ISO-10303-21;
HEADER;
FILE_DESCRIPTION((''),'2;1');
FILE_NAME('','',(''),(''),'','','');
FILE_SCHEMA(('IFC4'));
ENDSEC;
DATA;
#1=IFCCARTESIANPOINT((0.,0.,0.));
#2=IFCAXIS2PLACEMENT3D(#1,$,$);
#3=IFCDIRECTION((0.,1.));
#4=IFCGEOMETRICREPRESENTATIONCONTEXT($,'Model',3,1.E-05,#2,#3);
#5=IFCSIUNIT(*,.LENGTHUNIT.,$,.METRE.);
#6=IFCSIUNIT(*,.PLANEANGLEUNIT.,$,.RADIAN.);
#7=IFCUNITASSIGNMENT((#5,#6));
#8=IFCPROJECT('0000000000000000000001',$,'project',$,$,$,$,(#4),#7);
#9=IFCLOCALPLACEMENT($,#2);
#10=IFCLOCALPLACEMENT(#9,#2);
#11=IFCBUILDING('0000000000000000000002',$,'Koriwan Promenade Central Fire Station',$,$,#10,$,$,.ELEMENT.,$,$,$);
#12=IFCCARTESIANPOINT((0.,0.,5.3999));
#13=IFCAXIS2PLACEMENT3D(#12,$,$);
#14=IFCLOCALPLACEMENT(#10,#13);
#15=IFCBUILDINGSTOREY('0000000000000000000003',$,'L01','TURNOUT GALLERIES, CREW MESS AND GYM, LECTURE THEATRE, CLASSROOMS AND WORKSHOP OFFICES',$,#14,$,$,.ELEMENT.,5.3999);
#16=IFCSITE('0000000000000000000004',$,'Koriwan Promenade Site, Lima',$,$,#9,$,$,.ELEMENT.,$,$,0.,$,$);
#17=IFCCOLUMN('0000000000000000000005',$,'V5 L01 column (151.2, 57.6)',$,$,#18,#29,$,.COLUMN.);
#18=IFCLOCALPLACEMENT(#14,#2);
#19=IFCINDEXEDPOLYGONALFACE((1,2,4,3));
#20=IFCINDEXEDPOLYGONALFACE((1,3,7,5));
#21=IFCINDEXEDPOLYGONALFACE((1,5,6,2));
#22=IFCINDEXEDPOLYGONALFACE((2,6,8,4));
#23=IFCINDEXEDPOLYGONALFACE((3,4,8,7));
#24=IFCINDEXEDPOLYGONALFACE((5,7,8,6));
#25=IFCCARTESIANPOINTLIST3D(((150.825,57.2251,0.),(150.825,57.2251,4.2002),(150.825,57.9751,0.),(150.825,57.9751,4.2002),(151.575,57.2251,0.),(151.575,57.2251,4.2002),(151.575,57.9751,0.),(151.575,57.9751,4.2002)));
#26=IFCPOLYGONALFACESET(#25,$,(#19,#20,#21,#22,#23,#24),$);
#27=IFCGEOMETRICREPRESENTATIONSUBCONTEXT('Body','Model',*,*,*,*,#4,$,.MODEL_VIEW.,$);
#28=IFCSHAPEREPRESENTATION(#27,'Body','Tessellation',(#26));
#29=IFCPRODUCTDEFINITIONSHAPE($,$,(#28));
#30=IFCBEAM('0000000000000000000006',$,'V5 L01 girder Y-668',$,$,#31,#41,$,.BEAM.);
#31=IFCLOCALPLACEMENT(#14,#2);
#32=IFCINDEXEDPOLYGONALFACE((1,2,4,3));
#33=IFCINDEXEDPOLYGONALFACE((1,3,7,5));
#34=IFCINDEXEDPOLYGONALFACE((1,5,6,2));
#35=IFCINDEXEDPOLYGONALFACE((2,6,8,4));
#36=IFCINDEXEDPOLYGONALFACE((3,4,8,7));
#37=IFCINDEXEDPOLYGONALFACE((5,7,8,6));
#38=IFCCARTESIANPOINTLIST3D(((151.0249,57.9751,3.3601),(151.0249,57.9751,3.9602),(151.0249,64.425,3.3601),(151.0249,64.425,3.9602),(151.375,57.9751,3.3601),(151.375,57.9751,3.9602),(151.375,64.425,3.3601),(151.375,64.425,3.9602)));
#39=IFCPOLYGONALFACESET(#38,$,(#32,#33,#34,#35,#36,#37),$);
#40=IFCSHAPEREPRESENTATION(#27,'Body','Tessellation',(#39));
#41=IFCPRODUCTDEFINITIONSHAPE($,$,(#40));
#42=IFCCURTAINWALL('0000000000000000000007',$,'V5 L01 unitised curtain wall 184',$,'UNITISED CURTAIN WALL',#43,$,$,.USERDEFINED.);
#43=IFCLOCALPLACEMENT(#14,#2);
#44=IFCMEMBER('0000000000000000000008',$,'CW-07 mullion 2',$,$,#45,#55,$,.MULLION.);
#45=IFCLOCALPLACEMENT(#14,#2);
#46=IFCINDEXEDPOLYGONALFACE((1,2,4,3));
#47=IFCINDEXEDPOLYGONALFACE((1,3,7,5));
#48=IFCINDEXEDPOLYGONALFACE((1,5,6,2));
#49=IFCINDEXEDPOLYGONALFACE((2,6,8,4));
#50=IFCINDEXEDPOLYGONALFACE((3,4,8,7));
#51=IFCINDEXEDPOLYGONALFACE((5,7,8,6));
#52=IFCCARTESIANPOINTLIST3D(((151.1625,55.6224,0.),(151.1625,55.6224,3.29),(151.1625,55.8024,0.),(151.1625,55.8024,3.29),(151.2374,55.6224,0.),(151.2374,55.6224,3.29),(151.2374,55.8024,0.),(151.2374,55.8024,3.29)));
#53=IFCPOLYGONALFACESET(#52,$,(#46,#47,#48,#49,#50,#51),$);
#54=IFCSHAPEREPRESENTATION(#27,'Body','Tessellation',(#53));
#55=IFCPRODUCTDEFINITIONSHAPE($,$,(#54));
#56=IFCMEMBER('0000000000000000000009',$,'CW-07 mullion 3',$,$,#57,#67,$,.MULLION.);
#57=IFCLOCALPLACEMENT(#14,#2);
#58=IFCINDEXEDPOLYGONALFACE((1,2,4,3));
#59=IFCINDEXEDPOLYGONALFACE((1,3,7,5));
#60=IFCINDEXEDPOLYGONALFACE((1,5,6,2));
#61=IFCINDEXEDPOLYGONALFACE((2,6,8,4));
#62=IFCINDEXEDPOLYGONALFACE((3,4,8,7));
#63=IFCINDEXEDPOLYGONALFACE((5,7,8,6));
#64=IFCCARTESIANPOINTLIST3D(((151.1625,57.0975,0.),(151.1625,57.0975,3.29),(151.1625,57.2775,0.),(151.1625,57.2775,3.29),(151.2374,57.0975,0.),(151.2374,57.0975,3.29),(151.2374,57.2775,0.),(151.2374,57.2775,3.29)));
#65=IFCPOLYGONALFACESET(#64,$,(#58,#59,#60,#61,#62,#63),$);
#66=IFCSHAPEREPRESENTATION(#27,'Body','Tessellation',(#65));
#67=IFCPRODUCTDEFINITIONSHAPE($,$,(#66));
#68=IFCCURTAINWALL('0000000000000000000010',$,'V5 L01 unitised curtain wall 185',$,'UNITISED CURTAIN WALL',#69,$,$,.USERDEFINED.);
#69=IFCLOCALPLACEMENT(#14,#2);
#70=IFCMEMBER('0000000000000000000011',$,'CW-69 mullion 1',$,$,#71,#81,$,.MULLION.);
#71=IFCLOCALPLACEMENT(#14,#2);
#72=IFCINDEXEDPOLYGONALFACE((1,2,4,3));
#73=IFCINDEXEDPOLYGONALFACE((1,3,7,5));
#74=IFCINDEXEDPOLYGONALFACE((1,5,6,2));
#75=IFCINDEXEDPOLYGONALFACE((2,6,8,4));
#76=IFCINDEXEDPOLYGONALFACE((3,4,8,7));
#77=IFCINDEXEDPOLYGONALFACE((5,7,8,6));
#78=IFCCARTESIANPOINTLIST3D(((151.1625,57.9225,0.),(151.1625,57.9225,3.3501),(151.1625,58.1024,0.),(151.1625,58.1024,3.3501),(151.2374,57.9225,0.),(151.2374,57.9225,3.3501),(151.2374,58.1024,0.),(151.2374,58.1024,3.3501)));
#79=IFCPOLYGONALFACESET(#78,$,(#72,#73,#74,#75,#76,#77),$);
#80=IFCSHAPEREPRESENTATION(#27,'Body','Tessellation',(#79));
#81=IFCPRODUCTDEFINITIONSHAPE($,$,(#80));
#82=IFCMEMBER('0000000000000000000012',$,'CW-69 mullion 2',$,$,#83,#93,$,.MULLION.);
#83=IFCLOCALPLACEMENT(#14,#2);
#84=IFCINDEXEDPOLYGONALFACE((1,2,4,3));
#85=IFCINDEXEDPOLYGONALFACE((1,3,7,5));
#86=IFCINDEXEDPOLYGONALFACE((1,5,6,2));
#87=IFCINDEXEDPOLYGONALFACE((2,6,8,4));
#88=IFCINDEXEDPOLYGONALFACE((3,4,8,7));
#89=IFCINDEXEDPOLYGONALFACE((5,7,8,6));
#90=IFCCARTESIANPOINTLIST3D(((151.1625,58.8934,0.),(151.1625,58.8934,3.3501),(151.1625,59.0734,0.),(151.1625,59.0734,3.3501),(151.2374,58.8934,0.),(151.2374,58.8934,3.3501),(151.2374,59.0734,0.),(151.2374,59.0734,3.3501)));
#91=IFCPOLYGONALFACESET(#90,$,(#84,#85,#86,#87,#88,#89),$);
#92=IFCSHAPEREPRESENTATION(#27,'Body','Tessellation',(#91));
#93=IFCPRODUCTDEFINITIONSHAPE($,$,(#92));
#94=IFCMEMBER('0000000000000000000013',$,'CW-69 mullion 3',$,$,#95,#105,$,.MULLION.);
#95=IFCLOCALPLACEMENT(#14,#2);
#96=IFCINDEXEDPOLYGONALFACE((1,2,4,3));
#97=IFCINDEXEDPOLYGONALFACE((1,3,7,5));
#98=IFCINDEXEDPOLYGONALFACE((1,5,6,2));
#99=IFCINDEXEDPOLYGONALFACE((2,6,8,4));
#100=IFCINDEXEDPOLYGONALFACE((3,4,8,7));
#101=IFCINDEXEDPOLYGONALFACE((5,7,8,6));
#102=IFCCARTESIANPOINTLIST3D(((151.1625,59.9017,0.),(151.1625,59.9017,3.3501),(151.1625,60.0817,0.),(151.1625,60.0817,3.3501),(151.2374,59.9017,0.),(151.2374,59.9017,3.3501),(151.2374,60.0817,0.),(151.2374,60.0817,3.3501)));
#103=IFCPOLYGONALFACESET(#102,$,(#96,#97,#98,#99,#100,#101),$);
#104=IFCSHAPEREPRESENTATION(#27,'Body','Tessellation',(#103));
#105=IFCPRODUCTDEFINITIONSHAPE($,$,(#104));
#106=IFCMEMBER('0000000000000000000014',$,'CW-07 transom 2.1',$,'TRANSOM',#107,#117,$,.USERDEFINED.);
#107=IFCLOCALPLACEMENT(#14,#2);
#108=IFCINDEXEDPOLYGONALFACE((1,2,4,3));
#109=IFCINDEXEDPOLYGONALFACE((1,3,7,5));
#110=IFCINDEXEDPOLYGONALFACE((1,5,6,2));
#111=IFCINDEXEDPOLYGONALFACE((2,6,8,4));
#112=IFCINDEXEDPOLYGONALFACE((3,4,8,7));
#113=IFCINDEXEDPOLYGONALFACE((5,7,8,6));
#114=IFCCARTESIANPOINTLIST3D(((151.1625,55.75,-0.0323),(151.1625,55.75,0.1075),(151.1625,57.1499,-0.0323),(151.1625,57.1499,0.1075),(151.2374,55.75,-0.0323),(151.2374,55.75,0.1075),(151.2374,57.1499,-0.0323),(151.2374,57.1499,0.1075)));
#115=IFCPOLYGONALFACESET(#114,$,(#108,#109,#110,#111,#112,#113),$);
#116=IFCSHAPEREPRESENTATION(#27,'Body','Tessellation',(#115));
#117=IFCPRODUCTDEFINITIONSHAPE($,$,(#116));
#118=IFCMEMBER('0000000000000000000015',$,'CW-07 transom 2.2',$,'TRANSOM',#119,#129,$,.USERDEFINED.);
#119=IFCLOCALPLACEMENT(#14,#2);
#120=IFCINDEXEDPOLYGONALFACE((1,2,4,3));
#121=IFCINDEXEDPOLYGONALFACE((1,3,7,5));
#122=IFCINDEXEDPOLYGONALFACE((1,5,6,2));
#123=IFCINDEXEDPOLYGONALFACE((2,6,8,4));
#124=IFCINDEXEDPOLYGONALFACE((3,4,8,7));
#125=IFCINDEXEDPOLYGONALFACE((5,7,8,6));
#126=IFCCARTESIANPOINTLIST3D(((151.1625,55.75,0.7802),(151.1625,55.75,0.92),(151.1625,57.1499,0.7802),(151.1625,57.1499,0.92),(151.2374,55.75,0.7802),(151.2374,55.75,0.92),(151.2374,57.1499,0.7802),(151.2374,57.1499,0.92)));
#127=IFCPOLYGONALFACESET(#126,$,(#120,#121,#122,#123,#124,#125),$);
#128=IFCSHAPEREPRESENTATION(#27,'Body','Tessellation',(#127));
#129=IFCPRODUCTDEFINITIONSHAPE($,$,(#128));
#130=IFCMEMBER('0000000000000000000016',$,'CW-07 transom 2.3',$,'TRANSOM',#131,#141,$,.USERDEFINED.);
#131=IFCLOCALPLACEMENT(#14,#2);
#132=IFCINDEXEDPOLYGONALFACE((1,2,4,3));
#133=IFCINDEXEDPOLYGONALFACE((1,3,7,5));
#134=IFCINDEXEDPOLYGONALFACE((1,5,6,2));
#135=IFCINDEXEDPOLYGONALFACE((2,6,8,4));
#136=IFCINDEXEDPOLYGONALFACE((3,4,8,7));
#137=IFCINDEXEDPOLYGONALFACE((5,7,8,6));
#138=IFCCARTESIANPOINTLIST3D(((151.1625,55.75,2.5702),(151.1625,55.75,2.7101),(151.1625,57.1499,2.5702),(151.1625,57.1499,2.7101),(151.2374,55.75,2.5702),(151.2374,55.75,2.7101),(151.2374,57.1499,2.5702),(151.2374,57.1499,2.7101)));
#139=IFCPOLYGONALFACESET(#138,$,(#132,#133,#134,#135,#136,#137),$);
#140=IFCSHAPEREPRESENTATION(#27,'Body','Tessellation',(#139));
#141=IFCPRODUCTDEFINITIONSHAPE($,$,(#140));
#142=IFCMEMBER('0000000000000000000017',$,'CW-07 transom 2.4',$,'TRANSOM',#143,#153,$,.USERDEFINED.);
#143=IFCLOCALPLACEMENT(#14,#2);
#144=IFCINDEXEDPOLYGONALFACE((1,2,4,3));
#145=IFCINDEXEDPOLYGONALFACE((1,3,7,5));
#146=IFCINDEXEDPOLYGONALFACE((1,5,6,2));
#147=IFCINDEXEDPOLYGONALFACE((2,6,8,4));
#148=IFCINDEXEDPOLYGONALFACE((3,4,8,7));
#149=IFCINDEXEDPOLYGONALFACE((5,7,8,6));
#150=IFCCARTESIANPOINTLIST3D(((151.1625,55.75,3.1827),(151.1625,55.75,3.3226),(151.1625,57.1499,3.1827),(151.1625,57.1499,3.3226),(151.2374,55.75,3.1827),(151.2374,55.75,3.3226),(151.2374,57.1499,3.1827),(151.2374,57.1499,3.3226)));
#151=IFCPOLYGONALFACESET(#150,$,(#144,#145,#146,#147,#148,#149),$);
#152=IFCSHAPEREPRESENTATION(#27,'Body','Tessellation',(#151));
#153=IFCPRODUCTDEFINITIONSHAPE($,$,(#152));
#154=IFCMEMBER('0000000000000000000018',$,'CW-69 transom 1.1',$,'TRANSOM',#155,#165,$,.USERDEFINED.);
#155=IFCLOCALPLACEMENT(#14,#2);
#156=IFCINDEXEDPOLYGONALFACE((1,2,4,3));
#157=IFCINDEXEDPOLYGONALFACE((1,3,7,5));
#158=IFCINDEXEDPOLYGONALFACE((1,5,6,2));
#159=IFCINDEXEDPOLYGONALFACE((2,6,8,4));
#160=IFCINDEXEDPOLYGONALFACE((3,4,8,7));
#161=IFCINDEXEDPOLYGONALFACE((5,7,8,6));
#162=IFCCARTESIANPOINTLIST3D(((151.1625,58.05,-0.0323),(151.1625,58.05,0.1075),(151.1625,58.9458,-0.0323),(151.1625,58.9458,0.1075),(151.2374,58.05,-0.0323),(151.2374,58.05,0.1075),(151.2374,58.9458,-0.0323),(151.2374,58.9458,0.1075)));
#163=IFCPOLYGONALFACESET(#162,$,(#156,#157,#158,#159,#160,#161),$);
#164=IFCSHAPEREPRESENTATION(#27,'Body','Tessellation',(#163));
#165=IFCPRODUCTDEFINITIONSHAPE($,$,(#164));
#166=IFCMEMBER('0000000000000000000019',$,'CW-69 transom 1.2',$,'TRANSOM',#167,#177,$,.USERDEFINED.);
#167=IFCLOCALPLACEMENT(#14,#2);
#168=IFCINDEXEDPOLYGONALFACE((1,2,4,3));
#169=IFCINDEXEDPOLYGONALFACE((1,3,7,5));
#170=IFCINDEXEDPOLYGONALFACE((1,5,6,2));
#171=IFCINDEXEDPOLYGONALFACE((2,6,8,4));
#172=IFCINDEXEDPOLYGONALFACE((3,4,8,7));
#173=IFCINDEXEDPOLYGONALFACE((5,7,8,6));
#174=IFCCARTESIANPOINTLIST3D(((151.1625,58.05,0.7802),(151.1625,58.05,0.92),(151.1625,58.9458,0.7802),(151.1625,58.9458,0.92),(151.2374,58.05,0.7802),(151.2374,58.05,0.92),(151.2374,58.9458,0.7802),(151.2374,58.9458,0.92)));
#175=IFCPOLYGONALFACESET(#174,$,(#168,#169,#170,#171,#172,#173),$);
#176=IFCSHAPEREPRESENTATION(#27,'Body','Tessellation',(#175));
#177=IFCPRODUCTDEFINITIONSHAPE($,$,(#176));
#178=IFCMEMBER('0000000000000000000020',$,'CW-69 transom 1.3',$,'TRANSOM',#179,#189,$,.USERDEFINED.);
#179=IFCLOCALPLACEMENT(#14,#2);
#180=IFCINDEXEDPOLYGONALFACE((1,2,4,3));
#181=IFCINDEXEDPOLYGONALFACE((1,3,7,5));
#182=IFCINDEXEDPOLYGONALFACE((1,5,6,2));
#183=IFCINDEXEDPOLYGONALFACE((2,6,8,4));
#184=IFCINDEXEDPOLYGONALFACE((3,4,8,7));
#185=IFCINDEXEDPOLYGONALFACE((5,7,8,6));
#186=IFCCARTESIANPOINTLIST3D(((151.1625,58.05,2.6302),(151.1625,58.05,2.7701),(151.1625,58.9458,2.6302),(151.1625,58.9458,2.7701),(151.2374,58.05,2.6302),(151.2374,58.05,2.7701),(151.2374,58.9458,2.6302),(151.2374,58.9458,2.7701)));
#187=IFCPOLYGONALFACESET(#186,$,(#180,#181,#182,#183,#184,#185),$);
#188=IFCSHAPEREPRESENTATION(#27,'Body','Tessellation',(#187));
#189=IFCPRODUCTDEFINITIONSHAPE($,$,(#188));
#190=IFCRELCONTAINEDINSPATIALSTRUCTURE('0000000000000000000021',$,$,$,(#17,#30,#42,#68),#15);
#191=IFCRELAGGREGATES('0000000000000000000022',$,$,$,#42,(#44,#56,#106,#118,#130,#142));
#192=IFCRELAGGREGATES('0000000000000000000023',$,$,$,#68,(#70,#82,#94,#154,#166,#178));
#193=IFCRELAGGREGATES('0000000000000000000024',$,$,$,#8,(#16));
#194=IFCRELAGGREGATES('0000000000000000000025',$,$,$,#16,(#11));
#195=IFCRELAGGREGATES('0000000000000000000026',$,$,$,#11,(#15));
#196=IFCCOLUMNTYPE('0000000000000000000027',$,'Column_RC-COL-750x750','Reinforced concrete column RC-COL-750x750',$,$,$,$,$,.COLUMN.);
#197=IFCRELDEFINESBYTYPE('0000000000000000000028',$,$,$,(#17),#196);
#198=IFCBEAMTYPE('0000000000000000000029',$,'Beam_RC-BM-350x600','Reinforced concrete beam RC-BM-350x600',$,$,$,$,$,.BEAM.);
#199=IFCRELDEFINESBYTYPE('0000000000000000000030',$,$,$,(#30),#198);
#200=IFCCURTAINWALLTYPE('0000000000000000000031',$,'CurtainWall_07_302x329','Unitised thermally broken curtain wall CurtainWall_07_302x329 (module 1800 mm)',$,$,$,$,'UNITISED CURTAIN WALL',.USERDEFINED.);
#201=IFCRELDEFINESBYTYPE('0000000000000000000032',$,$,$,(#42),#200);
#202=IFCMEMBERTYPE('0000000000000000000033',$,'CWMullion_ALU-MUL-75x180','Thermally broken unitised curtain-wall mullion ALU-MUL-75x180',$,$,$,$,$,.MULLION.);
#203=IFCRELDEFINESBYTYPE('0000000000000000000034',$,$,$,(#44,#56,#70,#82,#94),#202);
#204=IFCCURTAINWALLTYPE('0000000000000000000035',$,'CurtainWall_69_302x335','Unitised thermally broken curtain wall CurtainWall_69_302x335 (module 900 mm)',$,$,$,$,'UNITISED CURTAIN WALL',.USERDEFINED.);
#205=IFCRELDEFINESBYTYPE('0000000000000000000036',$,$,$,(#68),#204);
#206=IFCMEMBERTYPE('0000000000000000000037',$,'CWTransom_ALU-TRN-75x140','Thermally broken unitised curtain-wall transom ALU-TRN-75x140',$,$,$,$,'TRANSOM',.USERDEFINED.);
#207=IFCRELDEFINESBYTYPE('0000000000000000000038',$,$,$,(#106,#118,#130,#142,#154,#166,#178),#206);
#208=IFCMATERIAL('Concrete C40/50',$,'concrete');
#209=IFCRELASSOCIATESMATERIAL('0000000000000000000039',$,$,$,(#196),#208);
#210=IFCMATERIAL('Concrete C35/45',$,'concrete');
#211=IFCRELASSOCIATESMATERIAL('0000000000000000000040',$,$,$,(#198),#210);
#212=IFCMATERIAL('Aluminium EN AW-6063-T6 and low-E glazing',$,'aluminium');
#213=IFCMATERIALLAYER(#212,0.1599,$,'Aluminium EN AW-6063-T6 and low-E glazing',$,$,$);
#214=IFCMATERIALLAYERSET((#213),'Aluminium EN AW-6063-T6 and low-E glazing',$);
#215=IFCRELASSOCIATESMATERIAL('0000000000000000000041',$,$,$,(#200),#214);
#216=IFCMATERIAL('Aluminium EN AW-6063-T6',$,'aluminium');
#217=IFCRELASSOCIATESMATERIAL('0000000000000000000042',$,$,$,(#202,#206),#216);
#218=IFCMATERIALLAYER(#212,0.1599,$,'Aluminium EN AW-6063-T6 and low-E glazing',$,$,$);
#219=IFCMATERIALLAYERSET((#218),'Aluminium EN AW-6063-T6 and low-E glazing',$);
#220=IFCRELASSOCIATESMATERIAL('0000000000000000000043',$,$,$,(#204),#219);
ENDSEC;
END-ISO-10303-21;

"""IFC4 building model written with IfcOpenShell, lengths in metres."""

from ifc_helpers import new_model, si_unit, direction, frame, origin, origin_2d, place, context, subcontext, project, spatial, rectangle, extrude, material, layer, layer_set, material_profile, profile_set, type_object, element, aggregate, save


model = new_model("IFC4")

# Units and contexts
model_context = context("Model", 3, precision=1e-05, world=origin(), true_north=direction((0.0, 1.0)))
body_context = subcontext(model_context, "Body", "Model", "MODEL_VIEW")
ifc_project = project(units=[si_unit("LENGTHUNIT", "METRE"), si_unit("PLANEANGLEUNIT", "RADIAN")], contexts=[model_context])

# Site, building, storey
site_placement = place(None, origin())
site = spatial("IfcSite", under=ifc_project, at=site_placement, Name="Koriwan Promenade Site, Lima", CompositionType="ELEMENT", RefElevation=0.0)
building_placement = place(site_placement, origin())
building = spatial("IfcBuilding", under=site, at=building_placement, Name="Koriwan Promenade Central Fire Station", CompositionType="ELEMENT")
storey_placement = place(building_placement, frame((0.0, 0.0, 5.3999)))
storey = spatial("IfcBuildingStorey", under=building, at=storey_placement, Name="L01", Description="TURNOUT GALLERIES, CREW MESS AND GYM, LECTURE THEATRE, CLASSROOMS AND WORKSHOP OFFICES", CompositionType="ELEMENT", Elevation=5.3999)

# Column
ifc_material_1 = material(Name="Concrete C40/50", Category="concrete")
ifc_material_profile_1 = material_profile(ifc_material_1, rectangle(XDim=0.75, YDim=0.75, at=origin_2d()), Name="RC-COL-750x750")
ifc_profile_set_1 = profile_set([ifc_material_profile_1], Name="Concrete C40/50")
column_type = type_object("IfcColumnType", Name="Column_RC-COL-750x750", Description="Reinforced concrete column RC-COL-750x750", PredefinedType="COLUMN", material=ifc_profile_set_1)
column_placement = place(storey_placement, frame((151.2, 57.6001, 0.0), z_axis=(0.0, 0.0, 1.0), x_axis=(1.0, 0.0, 0.0)))
element("IfcColumn", 1, at=column_placement, inside=storey, type_object=column_type, Name="V5 L01 column (151.2, 57.6)", PredefinedType="COLUMN", context=body_context, shape_type="SweptSolid", body=[
    extrude(rectangle(XDim=0.75, YDim=0.75, at=origin_2d()), origin(), (0.0, 0.0, 1.0), 4.2002),
])

# Beam
ifc_material_2 = material(Name="Concrete C35/45", Category="concrete")
ifc_material_profile_2 = material_profile(ifc_material_2, rectangle(XDim=0.3501, YDim=0.6001, at=origin_2d()), Name="RC-BM-350x600")
ifc_profile_set_2 = profile_set([ifc_material_profile_2], Name="Concrete C35/45")
beam_type = type_object("IfcBeamType", Name="Beam_RC-BM-350x600", Description="Reinforced concrete beam RC-BM-350x600", PredefinedType="BEAM", material=ifc_profile_set_2)
beam_placement = place(storey_placement, frame((151.2, 57.9751, 3.6602), z_axis=(0.0, 1.0, 0.0), x_axis=(-1.0, 0.0, 0.0)))
element("IfcBeam", 2, at=beam_placement, inside=storey, type_object=beam_type, Name="V5 L01 girder Y-668", PredefinedType="BEAM", context=body_context, shape_type="SweptSolid", body=[
    extrude(rectangle(XDim=0.3501, YDim=0.6001, at=origin_2d()), origin(), (0.0, 0.0, 1.0), 6.45),
])

# Curtain walls, members
ifc_material_3 = material(Name="Aluminium EN AW-6063-T6 and low-E glazing", Category="aluminium")
ifc_layer_1 = layer(ifc_material_3, 0.1599, Name="Aluminium EN AW-6063-T6 and low-E glazing")
ifc_layer_set_1 = layer_set([ifc_layer_1], Name="Aluminium EN AW-6063-T6 and low-E glazing")
curtain_wall_type_1 = type_object("IfcCurtainWallType", Name="CurtainWall_07_302x329", Description="Unitised thermally broken curtain wall CurtainWall_07_302x329 (module 1800 mm)", ElementType="UNITISED CURTAIN WALL", PredefinedType="USERDEFINED", material=ifc_layer_set_1)
curtain_wall_1_placement = place(storey_placement, origin())
curtain_wall_1 = element("IfcCurtainWall", 3, at=curtain_wall_1_placement, inside=storey, type_object=curtain_wall_type_1, Name="V5 L01 unitised curtain wall 184", ObjectType="UNITISED CURTAIN WALL", PredefinedType="USERDEFINED")
ifc_material_4 = material(Name="Aluminium EN AW-6063-T6", Category="aluminium")
ifc_material_profile_3 = material_profile(ifc_material_4, rectangle(XDim=0.075, YDim=0.1799, at=origin_2d()), Name="ALU-MUL-75x180")
ifc_profile_set_3 = profile_set([ifc_material_profile_3], Name="Aluminium EN AW-6063-T6")
member_type_1 = type_object("IfcMemberType", Name="CWMullion_ALU-MUL-75x180", Description="Thermally broken unitised curtain-wall mullion ALU-MUL-75x180", PredefinedType="MULLION", material=ifc_profile_set_3)
member_1_placement = place(storey_placement, frame((151.2, 55.7124, 0.0), z_axis=(0.0, 0.0, 1.0), x_axis=(-1.0, 0.0, 0.0)))
member_1 = element("IfcMember", 4, at=member_1_placement, type_object=member_type_1, Name="CW-07 mullion 2", PredefinedType="MULLION", context=body_context, shape_type="SweptSolid", body=[
    extrude(rectangle(XDim=0.075, YDim=0.1799, at=origin_2d()), origin(), (0.0, 0.0, 1.0), 3.29),
])
member_2_placement = place(storey_placement, frame((151.2, 57.1875, 0.0), z_axis=(0.0, 0.0, 1.0), x_axis=(-1.0, 0.0, 0.0)))
member_2 = element("IfcMember", 5, at=member_2_placement, type_object=member_type_1, Name="CW-07 mullion 3", PredefinedType="MULLION", context=body_context, shape_type="SweptSolid", body=[
    extrude(rectangle(XDim=0.075, YDim=0.1799, at=origin_2d()), origin(), (0.0, 0.0, 1.0), 3.29),
])
ifc_layer_2 = layer(ifc_material_3, 0.1599, Name="Aluminium EN AW-6063-T6 and low-E glazing")
ifc_layer_set_2 = layer_set([ifc_layer_2], Name="Aluminium EN AW-6063-T6 and low-E glazing")
curtain_wall_type_2 = type_object("IfcCurtainWallType", Name="CurtainWall_69_302x335", Description="Unitised thermally broken curtain wall CurtainWall_69_302x335 (module 900 mm)", ElementType="UNITISED CURTAIN WALL", PredefinedType="USERDEFINED", material=ifc_layer_set_2)
curtain_wall_2_placement = place(storey_placement, origin())
curtain_wall_2 = element("IfcCurtainWall", 6, at=curtain_wall_2_placement, inside=storey, type_object=curtain_wall_type_2, Name="V5 L01 unitised curtain wall 185", ObjectType="UNITISED CURTAIN WALL", PredefinedType="USERDEFINED")
member_3_placement = place(storey_placement, frame((151.2, 58.0125, 0.0), z_axis=(0.0, 0.0, 1.0), x_axis=(-1.0, 0.0, 0.0)))
member_3 = element("IfcMember", 7, at=member_3_placement, type_object=member_type_1, Name="CW-69 mullion 1", PredefinedType="MULLION", context=body_context, shape_type="SweptSolid", body=[
    extrude(rectangle(XDim=0.075, YDim=0.1799, at=origin_2d()), origin(), (0.0, 0.0, 1.0), 3.3501),
])
member_4_placement = place(storey_placement, frame((151.2, 58.9834, 0.0), z_axis=(0.0, 0.0, 1.0), x_axis=(-1.0, 0.0, 0.0)))
member_4 = element("IfcMember", 8, at=member_4_placement, type_object=member_type_1, Name="CW-69 mullion 2", PredefinedType="MULLION", context=body_context, shape_type="SweptSolid", body=[
    extrude(rectangle(XDim=0.075, YDim=0.1799, at=origin_2d()), origin(), (0.0, 0.0, 1.0), 3.3501),
])
member_5_placement = place(storey_placement, frame((151.2, 59.9917, 0.0), z_axis=(0.0, 0.0, 1.0), x_axis=(-1.0, 0.0, 0.0)))
member_5 = element("IfcMember", 9, at=member_5_placement, type_object=member_type_1, Name="CW-69 mullion 3", PredefinedType="MULLION", context=body_context, shape_type="SweptSolid", body=[
    extrude(rectangle(XDim=0.075, YDim=0.1799, at=origin_2d()), origin(), (0.0, 0.0, 1.0), 3.3501),
])

# Members
ifc_material_profile_4 = material_profile(ifc_material_4, rectangle(XDim=0.075, YDim=0.1399, at=origin_2d()), Name="ALU-TRN-75x140")
ifc_profile_set_4 = profile_set([ifc_material_profile_4], Name="Aluminium EN AW-6063-T6")
member_type_2 = type_object("IfcMemberType", Name="CWTransom_ALU-TRN-75x140", Description="Thermally broken unitised curtain-wall transom ALU-TRN-75x140", ElementType="TRANSOM", PredefinedType="USERDEFINED", material=ifc_profile_set_4)
member_6_placement = place(storey_placement, frame((151.2, 55.75, 0.0376), z_axis=(0.0, 1.0, 0.0), x_axis=(-1.0, 0.0, 0.0)))
member_6 = element("IfcMember", 10, at=member_6_placement, type_object=member_type_2, Name="CW-07 transom 2.1", ObjectType="TRANSOM", PredefinedType="USERDEFINED", context=body_context, shape_type="SweptSolid", body=[
    extrude(rectangle(XDim=0.075, YDim=0.1399, at=origin_2d()), origin(), (0.0, 0.0, 1.0), 1.3999),
])
member_7_placement = place(storey_placement, frame((151.2, 55.75, 0.8501), z_axis=(0.0, 1.0, 0.0), x_axis=(-1.0, 0.0, 0.0)))
member_7 = element("IfcMember", 11, at=member_7_placement, type_object=member_type_2, Name="CW-07 transom 2.2", ObjectType="TRANSOM", PredefinedType="USERDEFINED", context=body_context, shape_type="SweptSolid", body=[
    extrude(rectangle(XDim=0.075, YDim=0.1399, at=origin_2d()), origin(), (0.0, 0.0, 1.0), 1.3999),
])
member_8_placement = place(storey_placement, frame((151.2, 55.75, 2.6401), z_axis=(0.0, 1.0, 0.0), x_axis=(-1.0, 0.0, 0.0)))
member_8 = element("IfcMember", 12, at=member_8_placement, type_object=member_type_2, Name="CW-07 transom 2.3", ObjectType="TRANSOM", PredefinedType="USERDEFINED", context=body_context, shape_type="SweptSolid", body=[
    extrude(rectangle(XDim=0.075, YDim=0.1399, at=origin_2d()), origin(), (0.0, 0.0, 1.0), 1.3999),
])
member_9_placement = place(storey_placement, frame((151.2, 55.75, 3.2527), z_axis=(0.0, 1.0, 0.0), x_axis=(-1.0, 0.0, 0.0)))
member_9 = element("IfcMember", 13, at=member_9_placement, type_object=member_type_2, Name="CW-07 transom 2.4", ObjectType="TRANSOM", PredefinedType="USERDEFINED", context=body_context, shape_type="SweptSolid", body=[
    extrude(rectangle(XDim=0.075, YDim=0.1399, at=origin_2d()), origin(), (0.0, 0.0, 1.0), 1.3999),
])
member_10_placement = place(storey_placement, frame((151.2, 58.05, 0.0376), z_axis=(0.0, 1.0, 0.0), x_axis=(-1.0, 0.0, 0.0)))
member_10 = element("IfcMember", 14, at=member_10_placement, type_object=member_type_2, Name="CW-69 transom 1.1", ObjectType="TRANSOM", PredefinedType="USERDEFINED", context=body_context, shape_type="SweptSolid", body=[
    extrude(rectangle(XDim=0.075, YDim=0.1399, at=origin_2d()), origin(), (0.0, 0.0, 1.0), 0.8958),
])
member_11_placement = place(storey_placement, frame((151.2, 58.05, 0.8501), z_axis=(0.0, 1.0, 0.0), x_axis=(-1.0, 0.0, 0.0)))
member_11 = element("IfcMember", 15, at=member_11_placement, type_object=member_type_2, Name="CW-69 transom 1.2", ObjectType="TRANSOM", PredefinedType="USERDEFINED", context=body_context, shape_type="SweptSolid", body=[
    extrude(rectangle(XDim=0.075, YDim=0.1399, at=origin_2d()), origin(), (0.0, 0.0, 1.0), 0.8958),
])
member_12_placement = place(storey_placement, frame((151.2, 58.05, 2.7002), z_axis=(0.0, 1.0, 0.0), x_axis=(-1.0, 0.0, 0.0)))
member_12 = element("IfcMember", 16, at=member_12_placement, type_object=member_type_2, Name="CW-69 transom 1.3", ObjectType="TRANSOM", PredefinedType="USERDEFINED", context=body_context, shape_type="SweptSolid", body=[
    extrude(rectangle(XDim=0.075, YDim=0.1399, at=origin_2d()), origin(), (0.0, 0.0, 1.0), 0.8958),
])

aggregate(curtain_wall_1, [member_1, member_2, member_6, member_7, member_8, member_9])
aggregate(curtain_wall_2, [member_3, member_4, member_5, member_10, member_11, member_12])

save(model, "model.ifc")
